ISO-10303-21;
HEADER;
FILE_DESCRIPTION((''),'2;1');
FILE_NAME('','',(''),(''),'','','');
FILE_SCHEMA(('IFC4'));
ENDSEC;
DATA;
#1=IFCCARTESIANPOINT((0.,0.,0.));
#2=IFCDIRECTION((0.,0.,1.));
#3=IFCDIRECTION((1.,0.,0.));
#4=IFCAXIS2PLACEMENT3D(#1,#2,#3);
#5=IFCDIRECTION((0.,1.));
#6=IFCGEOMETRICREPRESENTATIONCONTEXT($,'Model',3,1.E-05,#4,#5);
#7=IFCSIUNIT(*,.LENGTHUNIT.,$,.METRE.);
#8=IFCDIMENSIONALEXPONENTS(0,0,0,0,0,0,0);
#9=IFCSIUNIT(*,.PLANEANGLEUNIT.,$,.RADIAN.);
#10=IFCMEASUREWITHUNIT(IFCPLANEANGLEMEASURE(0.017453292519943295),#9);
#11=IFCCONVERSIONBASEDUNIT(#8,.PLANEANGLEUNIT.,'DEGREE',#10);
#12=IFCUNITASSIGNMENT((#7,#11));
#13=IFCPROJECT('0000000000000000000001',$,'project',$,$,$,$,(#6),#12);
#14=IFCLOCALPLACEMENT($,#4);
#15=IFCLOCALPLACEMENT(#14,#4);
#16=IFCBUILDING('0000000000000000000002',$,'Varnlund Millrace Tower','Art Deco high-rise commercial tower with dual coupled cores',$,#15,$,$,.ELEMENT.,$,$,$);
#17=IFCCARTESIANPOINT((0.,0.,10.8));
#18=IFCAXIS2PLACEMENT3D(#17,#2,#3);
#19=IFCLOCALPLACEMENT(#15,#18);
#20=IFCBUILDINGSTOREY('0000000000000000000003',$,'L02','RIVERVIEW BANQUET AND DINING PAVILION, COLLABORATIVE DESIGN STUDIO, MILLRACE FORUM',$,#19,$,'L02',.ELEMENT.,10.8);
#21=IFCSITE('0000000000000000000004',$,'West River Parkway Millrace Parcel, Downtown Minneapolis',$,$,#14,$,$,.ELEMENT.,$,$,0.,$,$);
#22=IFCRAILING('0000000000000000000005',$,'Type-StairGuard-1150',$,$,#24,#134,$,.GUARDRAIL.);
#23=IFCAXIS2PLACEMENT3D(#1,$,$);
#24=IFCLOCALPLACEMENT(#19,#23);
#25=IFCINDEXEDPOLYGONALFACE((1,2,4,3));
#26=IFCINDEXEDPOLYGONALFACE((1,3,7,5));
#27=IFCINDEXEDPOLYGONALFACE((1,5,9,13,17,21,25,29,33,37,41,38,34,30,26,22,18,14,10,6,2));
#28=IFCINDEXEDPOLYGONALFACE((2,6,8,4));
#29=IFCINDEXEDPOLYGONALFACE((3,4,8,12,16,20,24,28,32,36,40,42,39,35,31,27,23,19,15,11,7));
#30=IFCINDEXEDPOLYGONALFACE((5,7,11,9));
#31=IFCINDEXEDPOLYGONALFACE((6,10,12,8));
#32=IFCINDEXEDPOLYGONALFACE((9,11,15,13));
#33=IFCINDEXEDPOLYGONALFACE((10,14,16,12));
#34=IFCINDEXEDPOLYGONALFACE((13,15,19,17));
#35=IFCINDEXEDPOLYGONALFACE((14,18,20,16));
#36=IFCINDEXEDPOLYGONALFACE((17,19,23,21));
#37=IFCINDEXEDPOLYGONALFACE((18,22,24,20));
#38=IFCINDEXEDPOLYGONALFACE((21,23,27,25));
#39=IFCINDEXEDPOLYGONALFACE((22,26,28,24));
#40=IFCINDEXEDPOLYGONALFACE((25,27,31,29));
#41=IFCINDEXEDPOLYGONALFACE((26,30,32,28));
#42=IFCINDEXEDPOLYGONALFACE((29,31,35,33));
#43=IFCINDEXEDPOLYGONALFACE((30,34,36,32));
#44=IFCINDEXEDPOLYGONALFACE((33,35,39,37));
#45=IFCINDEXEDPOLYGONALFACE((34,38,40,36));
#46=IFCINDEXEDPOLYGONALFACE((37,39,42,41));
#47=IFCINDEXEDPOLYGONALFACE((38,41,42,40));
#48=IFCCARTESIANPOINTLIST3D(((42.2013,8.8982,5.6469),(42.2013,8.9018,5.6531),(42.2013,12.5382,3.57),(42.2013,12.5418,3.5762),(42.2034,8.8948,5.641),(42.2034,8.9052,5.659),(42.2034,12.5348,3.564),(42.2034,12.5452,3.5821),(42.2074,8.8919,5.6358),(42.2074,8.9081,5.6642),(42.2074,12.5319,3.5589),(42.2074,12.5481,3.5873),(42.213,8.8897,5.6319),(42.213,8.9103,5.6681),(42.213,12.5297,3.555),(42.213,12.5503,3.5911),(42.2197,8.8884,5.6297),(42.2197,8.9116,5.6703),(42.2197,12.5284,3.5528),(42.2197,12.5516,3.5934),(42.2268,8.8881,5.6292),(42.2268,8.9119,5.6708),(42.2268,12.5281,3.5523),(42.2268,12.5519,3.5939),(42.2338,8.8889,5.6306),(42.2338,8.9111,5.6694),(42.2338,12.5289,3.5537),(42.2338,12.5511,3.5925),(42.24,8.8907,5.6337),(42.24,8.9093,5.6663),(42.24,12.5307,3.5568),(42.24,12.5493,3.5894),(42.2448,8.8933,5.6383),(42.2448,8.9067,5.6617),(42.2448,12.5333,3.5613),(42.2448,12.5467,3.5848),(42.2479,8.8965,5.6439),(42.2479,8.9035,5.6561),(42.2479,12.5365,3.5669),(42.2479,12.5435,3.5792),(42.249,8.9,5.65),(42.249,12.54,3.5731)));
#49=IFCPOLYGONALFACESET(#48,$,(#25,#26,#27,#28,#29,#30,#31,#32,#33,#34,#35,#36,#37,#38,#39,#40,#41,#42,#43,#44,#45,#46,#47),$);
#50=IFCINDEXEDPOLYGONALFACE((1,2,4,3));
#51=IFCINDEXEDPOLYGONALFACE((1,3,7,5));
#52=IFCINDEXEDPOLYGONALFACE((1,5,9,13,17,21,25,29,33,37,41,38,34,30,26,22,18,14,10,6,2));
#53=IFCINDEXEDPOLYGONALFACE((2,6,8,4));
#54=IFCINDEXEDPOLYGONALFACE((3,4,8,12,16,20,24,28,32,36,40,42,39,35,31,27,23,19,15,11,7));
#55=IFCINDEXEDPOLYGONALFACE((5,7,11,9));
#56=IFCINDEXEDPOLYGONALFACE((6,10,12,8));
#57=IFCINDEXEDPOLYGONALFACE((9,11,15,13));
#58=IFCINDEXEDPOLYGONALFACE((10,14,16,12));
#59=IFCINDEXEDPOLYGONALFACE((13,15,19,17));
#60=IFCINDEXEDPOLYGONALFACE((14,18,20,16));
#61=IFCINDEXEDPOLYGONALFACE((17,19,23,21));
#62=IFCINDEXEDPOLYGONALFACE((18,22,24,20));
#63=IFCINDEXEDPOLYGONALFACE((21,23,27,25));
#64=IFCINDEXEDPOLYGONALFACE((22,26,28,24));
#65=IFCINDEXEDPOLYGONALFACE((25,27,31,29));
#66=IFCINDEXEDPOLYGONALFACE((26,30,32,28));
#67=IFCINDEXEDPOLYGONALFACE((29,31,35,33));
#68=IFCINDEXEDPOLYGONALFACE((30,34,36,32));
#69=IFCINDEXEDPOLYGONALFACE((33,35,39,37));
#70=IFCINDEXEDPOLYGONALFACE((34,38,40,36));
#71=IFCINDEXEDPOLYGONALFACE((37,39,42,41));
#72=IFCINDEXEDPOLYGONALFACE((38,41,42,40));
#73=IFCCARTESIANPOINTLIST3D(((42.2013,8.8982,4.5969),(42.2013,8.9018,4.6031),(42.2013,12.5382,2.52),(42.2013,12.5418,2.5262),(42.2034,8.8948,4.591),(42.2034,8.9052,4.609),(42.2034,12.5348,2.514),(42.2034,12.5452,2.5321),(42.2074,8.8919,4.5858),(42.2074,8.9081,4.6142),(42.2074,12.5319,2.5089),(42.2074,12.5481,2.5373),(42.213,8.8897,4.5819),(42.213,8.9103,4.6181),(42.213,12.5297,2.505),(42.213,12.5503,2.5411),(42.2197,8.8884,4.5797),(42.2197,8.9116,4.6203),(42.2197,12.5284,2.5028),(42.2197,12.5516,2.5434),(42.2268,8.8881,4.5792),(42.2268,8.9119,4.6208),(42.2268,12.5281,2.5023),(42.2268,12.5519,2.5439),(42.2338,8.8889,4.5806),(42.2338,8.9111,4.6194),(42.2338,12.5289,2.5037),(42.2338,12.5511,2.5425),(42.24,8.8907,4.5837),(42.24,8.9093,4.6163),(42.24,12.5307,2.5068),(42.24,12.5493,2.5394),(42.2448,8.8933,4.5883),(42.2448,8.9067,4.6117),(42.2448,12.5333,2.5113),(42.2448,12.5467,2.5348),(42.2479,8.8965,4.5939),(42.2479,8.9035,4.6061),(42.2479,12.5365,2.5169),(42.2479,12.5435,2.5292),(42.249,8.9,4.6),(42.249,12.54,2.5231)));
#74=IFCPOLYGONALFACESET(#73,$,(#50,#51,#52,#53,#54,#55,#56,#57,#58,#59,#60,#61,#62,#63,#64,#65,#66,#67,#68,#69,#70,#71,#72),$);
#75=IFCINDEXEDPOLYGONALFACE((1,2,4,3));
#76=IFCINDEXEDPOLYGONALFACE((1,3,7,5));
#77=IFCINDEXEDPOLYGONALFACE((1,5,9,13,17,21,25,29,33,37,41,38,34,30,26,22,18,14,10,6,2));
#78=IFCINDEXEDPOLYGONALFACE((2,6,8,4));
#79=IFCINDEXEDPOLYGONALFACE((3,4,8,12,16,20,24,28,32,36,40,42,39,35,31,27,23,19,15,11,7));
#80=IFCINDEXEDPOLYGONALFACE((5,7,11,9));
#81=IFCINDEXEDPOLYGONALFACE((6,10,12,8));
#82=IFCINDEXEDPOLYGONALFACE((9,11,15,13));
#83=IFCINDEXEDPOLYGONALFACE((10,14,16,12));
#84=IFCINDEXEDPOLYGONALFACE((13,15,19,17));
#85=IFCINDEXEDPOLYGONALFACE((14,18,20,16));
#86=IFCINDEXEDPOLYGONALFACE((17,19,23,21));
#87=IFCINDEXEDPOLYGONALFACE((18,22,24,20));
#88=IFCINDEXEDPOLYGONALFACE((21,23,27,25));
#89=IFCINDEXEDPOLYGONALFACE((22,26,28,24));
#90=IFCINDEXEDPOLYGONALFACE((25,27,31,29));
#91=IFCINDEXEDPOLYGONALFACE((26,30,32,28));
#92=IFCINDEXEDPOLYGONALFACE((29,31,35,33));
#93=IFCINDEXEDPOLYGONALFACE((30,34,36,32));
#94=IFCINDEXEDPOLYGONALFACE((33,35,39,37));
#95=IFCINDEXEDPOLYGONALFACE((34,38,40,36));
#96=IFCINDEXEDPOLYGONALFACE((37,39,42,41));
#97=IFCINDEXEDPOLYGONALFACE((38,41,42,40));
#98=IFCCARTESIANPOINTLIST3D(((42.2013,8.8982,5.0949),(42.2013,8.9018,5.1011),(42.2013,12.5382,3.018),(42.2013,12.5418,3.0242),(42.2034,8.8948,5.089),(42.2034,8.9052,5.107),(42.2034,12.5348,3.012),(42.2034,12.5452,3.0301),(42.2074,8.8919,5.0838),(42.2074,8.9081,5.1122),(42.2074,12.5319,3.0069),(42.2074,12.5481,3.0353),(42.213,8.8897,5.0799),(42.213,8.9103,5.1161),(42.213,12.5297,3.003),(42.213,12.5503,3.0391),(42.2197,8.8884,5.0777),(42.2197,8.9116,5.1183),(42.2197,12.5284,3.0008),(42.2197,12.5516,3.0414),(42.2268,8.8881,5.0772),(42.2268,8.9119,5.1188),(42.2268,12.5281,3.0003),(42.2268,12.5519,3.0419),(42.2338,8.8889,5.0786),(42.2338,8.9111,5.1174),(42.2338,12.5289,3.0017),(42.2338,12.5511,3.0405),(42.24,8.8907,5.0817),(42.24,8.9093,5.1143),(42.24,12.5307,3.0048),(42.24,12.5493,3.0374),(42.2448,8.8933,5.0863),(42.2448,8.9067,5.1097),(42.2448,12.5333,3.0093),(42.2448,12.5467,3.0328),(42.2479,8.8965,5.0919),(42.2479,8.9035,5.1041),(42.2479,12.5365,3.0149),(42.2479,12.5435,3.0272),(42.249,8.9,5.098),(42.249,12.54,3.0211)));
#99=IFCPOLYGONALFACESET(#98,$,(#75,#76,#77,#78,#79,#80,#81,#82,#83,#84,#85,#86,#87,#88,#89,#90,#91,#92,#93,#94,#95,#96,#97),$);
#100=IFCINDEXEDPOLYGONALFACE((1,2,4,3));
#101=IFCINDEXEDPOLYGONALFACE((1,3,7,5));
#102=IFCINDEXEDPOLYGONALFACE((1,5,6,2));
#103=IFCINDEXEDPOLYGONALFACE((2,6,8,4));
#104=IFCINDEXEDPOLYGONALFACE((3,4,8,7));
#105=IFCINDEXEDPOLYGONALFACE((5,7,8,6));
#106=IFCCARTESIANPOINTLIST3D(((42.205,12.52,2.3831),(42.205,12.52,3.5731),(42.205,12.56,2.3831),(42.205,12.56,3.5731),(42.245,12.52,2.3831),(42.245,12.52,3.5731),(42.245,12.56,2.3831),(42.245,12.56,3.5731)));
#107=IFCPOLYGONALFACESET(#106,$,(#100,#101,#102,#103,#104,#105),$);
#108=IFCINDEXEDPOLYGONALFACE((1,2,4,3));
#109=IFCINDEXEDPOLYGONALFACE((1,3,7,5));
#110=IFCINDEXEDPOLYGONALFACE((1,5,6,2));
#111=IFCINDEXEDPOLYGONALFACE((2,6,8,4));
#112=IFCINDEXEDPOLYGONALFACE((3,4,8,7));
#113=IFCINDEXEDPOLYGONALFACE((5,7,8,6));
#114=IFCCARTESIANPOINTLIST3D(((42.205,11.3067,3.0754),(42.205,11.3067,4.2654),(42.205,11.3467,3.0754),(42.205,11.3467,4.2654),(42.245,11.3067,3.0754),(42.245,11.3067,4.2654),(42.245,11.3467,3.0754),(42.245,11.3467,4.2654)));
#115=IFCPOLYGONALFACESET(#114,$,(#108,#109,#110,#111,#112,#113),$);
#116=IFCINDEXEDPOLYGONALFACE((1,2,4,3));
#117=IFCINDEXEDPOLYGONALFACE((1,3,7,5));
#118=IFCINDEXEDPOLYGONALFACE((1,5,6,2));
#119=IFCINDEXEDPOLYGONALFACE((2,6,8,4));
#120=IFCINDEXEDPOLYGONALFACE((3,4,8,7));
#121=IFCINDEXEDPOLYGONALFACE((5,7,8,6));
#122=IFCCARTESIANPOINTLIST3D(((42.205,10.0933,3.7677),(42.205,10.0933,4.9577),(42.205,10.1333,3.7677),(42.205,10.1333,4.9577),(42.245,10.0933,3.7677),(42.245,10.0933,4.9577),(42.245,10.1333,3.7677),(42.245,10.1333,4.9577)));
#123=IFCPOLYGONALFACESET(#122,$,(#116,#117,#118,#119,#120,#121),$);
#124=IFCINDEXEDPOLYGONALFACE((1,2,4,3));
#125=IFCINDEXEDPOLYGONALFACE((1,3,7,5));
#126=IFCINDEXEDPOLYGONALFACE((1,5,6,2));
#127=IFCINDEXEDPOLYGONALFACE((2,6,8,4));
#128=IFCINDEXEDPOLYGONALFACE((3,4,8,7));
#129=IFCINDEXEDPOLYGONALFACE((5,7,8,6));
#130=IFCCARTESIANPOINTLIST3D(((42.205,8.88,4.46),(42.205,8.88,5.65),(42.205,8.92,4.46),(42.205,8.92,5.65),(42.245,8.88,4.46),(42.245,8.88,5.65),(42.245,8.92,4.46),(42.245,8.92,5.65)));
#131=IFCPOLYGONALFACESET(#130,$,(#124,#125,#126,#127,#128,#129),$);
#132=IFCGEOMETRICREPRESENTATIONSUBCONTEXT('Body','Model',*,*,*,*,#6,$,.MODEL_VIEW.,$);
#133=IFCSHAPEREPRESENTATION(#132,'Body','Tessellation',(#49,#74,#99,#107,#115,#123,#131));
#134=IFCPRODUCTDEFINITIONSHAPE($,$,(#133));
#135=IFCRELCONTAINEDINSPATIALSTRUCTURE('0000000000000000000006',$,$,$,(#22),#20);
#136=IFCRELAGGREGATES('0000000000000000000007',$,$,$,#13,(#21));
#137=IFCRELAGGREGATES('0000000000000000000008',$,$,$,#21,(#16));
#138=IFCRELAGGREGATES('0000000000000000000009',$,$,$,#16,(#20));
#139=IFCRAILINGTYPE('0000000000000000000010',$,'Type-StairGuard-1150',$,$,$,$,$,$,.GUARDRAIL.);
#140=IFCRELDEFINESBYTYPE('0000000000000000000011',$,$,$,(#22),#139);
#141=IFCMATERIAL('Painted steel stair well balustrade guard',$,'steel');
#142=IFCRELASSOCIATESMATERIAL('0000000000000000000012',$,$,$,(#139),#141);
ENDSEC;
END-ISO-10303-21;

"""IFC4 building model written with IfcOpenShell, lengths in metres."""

from ifc_helpers import new_model, entity, si_unit, converted_unit, direction, frame, origin_with_axes, origin_2d_with_axis, place, context, subcontext, project, spatial, rectangle, circle, extrude, material, type_object, element, save


model = new_model("IFC4")

# Units and contexts
model_context = context("Model", 3, precision=1e-05, world=origin_with_axes(), true_north=direction((0.0, 1.0)))
body_context = subcontext(model_context, "Body", "Model", "MODEL_VIEW")
ifc_project = project(units=[si_unit("LENGTHUNIT", "METRE"), converted_unit("PLANEANGLEUNIT", "DEGREE", entity("IfcPlaneAngleMeasure", 0.017453292519943295), si_unit("PLANEANGLEUNIT", "RADIAN"), dimensions=[0, 0, 0, 0, 0, 0, 0])], contexts=[model_context])

# Site, building, storey
site_placement = place(None, origin_with_axes())
site = spatial("IfcSite", under=ifc_project, at=site_placement, Name="West River Parkway Millrace Parcel, Downtown Minneapolis", CompositionType="ELEMENT", RefElevation=0.0)
building_placement = place(site_placement, origin_with_axes())
building = spatial("IfcBuilding", under=site, at=building_placement, Name="Varnlund Millrace Tower", Description="Art Deco high-rise commercial tower with dual coupled cores", CompositionType="ELEMENT")
storey_placement = place(building_placement, frame((0.0, 0.0, 10.8), z_axis=(0.0, 0.0, 1.0), x_axis=(1.0, 0.0, 0.0)))
storey = spatial("IfcBuildingStorey", under=building, at=storey_placement, Name="L02", Description="RIVERVIEW BANQUET AND DINING PAVILION, COLLABORATIVE DESIGN STUDIO, MILLRACE FORUM", LongName="L02", CompositionType="ELEMENT", Elevation=10.8)

# Railing
ifc_material_1 = material(Name="Painted steel stair well balustrade guard", Category="steel")
railing_type_1 = type_object("IfcRailingType", Name="Type-StairGuard-1150", PredefinedType="GUARDRAIL", material=ifc_material_1)
railing_1_placement = place(storey_placement, frame((0.0, 0.0, -10.8), z_axis=(0.0, 0.0, 1.0), x_axis=(1.0, 0.0, 0.0)))
element("IfcRailing", 1, at=railing_1_placement, inside=storey, type_object=railing_type_1, Name="Type-StairGuard-1150", PredefinedType="GUARDRAIL", context=body_context, shape_type="SweptSolid", body=[
    extrude(circle(Radius=0.024, at=origin_2d_with_axis()), frame((42.225, 12.54, 14.3731), z_axis=(0.0, -0.868559, 0.495585), x_axis=(1.0, 0.0, 0.0)), (0.0, 0.0, 1.0), 4.1908),
    extrude(circle(Radius=0.024, at=origin_2d_with_axis()), frame((42.225, 12.54, 13.3231), z_axis=(0.0, -0.868559, 0.495585), x_axis=(1.0, 0.0, 0.0)), (0.0, 0.0, 1.0), 4.1908),
    extrude(circle(Radius=0.024, at=origin_2d_with_axis()), frame((42.225, 12.54, 13.8211), z_axis=(0.0, -0.868559, 0.495585), x_axis=(1.0, 0.0, 0.0)), (0.0, 0.0, 1.0), 4.1908),
    extrude(rectangle(XDim=0.04, YDim=0.04, at=origin_2d_with_axis()), frame((42.225, 12.54, 13.1831), z_axis=(0.0, 0.0, 1.0), x_axis=(1.0, 0.0, 0.0)), (0.0, 0.0, 1.0), 1.19),
    extrude(rectangle(XDim=0.04, YDim=0.04, at=origin_2d_with_axis()), frame((42.225, 11.3267, 13.8754), z_axis=(0.0, 0.0, 1.0), x_axis=(1.0, 0.0, 0.0)), (0.0, 0.0, 1.0), 1.19),
    extrude(rectangle(XDim=0.04, YDim=0.04, at=origin_2d_with_axis()), frame((42.225, 10.1133, 14.5677), z_axis=(0.0, 0.0, 1.0), x_axis=(1.0, 0.0, 0.0)), (0.0, 0.0, 1.0), 1.19),
    extrude(rectangle(XDim=0.04, YDim=0.04, at=origin_2d_with_axis()), frame((42.225, 8.9, 15.26), z_axis=(0.0, 0.0, 1.0), x_axis=(1.0, 0.0, 0.0)), (0.0, 0.0, 1.0), 1.19),
])

save(model, "model.ifc")
